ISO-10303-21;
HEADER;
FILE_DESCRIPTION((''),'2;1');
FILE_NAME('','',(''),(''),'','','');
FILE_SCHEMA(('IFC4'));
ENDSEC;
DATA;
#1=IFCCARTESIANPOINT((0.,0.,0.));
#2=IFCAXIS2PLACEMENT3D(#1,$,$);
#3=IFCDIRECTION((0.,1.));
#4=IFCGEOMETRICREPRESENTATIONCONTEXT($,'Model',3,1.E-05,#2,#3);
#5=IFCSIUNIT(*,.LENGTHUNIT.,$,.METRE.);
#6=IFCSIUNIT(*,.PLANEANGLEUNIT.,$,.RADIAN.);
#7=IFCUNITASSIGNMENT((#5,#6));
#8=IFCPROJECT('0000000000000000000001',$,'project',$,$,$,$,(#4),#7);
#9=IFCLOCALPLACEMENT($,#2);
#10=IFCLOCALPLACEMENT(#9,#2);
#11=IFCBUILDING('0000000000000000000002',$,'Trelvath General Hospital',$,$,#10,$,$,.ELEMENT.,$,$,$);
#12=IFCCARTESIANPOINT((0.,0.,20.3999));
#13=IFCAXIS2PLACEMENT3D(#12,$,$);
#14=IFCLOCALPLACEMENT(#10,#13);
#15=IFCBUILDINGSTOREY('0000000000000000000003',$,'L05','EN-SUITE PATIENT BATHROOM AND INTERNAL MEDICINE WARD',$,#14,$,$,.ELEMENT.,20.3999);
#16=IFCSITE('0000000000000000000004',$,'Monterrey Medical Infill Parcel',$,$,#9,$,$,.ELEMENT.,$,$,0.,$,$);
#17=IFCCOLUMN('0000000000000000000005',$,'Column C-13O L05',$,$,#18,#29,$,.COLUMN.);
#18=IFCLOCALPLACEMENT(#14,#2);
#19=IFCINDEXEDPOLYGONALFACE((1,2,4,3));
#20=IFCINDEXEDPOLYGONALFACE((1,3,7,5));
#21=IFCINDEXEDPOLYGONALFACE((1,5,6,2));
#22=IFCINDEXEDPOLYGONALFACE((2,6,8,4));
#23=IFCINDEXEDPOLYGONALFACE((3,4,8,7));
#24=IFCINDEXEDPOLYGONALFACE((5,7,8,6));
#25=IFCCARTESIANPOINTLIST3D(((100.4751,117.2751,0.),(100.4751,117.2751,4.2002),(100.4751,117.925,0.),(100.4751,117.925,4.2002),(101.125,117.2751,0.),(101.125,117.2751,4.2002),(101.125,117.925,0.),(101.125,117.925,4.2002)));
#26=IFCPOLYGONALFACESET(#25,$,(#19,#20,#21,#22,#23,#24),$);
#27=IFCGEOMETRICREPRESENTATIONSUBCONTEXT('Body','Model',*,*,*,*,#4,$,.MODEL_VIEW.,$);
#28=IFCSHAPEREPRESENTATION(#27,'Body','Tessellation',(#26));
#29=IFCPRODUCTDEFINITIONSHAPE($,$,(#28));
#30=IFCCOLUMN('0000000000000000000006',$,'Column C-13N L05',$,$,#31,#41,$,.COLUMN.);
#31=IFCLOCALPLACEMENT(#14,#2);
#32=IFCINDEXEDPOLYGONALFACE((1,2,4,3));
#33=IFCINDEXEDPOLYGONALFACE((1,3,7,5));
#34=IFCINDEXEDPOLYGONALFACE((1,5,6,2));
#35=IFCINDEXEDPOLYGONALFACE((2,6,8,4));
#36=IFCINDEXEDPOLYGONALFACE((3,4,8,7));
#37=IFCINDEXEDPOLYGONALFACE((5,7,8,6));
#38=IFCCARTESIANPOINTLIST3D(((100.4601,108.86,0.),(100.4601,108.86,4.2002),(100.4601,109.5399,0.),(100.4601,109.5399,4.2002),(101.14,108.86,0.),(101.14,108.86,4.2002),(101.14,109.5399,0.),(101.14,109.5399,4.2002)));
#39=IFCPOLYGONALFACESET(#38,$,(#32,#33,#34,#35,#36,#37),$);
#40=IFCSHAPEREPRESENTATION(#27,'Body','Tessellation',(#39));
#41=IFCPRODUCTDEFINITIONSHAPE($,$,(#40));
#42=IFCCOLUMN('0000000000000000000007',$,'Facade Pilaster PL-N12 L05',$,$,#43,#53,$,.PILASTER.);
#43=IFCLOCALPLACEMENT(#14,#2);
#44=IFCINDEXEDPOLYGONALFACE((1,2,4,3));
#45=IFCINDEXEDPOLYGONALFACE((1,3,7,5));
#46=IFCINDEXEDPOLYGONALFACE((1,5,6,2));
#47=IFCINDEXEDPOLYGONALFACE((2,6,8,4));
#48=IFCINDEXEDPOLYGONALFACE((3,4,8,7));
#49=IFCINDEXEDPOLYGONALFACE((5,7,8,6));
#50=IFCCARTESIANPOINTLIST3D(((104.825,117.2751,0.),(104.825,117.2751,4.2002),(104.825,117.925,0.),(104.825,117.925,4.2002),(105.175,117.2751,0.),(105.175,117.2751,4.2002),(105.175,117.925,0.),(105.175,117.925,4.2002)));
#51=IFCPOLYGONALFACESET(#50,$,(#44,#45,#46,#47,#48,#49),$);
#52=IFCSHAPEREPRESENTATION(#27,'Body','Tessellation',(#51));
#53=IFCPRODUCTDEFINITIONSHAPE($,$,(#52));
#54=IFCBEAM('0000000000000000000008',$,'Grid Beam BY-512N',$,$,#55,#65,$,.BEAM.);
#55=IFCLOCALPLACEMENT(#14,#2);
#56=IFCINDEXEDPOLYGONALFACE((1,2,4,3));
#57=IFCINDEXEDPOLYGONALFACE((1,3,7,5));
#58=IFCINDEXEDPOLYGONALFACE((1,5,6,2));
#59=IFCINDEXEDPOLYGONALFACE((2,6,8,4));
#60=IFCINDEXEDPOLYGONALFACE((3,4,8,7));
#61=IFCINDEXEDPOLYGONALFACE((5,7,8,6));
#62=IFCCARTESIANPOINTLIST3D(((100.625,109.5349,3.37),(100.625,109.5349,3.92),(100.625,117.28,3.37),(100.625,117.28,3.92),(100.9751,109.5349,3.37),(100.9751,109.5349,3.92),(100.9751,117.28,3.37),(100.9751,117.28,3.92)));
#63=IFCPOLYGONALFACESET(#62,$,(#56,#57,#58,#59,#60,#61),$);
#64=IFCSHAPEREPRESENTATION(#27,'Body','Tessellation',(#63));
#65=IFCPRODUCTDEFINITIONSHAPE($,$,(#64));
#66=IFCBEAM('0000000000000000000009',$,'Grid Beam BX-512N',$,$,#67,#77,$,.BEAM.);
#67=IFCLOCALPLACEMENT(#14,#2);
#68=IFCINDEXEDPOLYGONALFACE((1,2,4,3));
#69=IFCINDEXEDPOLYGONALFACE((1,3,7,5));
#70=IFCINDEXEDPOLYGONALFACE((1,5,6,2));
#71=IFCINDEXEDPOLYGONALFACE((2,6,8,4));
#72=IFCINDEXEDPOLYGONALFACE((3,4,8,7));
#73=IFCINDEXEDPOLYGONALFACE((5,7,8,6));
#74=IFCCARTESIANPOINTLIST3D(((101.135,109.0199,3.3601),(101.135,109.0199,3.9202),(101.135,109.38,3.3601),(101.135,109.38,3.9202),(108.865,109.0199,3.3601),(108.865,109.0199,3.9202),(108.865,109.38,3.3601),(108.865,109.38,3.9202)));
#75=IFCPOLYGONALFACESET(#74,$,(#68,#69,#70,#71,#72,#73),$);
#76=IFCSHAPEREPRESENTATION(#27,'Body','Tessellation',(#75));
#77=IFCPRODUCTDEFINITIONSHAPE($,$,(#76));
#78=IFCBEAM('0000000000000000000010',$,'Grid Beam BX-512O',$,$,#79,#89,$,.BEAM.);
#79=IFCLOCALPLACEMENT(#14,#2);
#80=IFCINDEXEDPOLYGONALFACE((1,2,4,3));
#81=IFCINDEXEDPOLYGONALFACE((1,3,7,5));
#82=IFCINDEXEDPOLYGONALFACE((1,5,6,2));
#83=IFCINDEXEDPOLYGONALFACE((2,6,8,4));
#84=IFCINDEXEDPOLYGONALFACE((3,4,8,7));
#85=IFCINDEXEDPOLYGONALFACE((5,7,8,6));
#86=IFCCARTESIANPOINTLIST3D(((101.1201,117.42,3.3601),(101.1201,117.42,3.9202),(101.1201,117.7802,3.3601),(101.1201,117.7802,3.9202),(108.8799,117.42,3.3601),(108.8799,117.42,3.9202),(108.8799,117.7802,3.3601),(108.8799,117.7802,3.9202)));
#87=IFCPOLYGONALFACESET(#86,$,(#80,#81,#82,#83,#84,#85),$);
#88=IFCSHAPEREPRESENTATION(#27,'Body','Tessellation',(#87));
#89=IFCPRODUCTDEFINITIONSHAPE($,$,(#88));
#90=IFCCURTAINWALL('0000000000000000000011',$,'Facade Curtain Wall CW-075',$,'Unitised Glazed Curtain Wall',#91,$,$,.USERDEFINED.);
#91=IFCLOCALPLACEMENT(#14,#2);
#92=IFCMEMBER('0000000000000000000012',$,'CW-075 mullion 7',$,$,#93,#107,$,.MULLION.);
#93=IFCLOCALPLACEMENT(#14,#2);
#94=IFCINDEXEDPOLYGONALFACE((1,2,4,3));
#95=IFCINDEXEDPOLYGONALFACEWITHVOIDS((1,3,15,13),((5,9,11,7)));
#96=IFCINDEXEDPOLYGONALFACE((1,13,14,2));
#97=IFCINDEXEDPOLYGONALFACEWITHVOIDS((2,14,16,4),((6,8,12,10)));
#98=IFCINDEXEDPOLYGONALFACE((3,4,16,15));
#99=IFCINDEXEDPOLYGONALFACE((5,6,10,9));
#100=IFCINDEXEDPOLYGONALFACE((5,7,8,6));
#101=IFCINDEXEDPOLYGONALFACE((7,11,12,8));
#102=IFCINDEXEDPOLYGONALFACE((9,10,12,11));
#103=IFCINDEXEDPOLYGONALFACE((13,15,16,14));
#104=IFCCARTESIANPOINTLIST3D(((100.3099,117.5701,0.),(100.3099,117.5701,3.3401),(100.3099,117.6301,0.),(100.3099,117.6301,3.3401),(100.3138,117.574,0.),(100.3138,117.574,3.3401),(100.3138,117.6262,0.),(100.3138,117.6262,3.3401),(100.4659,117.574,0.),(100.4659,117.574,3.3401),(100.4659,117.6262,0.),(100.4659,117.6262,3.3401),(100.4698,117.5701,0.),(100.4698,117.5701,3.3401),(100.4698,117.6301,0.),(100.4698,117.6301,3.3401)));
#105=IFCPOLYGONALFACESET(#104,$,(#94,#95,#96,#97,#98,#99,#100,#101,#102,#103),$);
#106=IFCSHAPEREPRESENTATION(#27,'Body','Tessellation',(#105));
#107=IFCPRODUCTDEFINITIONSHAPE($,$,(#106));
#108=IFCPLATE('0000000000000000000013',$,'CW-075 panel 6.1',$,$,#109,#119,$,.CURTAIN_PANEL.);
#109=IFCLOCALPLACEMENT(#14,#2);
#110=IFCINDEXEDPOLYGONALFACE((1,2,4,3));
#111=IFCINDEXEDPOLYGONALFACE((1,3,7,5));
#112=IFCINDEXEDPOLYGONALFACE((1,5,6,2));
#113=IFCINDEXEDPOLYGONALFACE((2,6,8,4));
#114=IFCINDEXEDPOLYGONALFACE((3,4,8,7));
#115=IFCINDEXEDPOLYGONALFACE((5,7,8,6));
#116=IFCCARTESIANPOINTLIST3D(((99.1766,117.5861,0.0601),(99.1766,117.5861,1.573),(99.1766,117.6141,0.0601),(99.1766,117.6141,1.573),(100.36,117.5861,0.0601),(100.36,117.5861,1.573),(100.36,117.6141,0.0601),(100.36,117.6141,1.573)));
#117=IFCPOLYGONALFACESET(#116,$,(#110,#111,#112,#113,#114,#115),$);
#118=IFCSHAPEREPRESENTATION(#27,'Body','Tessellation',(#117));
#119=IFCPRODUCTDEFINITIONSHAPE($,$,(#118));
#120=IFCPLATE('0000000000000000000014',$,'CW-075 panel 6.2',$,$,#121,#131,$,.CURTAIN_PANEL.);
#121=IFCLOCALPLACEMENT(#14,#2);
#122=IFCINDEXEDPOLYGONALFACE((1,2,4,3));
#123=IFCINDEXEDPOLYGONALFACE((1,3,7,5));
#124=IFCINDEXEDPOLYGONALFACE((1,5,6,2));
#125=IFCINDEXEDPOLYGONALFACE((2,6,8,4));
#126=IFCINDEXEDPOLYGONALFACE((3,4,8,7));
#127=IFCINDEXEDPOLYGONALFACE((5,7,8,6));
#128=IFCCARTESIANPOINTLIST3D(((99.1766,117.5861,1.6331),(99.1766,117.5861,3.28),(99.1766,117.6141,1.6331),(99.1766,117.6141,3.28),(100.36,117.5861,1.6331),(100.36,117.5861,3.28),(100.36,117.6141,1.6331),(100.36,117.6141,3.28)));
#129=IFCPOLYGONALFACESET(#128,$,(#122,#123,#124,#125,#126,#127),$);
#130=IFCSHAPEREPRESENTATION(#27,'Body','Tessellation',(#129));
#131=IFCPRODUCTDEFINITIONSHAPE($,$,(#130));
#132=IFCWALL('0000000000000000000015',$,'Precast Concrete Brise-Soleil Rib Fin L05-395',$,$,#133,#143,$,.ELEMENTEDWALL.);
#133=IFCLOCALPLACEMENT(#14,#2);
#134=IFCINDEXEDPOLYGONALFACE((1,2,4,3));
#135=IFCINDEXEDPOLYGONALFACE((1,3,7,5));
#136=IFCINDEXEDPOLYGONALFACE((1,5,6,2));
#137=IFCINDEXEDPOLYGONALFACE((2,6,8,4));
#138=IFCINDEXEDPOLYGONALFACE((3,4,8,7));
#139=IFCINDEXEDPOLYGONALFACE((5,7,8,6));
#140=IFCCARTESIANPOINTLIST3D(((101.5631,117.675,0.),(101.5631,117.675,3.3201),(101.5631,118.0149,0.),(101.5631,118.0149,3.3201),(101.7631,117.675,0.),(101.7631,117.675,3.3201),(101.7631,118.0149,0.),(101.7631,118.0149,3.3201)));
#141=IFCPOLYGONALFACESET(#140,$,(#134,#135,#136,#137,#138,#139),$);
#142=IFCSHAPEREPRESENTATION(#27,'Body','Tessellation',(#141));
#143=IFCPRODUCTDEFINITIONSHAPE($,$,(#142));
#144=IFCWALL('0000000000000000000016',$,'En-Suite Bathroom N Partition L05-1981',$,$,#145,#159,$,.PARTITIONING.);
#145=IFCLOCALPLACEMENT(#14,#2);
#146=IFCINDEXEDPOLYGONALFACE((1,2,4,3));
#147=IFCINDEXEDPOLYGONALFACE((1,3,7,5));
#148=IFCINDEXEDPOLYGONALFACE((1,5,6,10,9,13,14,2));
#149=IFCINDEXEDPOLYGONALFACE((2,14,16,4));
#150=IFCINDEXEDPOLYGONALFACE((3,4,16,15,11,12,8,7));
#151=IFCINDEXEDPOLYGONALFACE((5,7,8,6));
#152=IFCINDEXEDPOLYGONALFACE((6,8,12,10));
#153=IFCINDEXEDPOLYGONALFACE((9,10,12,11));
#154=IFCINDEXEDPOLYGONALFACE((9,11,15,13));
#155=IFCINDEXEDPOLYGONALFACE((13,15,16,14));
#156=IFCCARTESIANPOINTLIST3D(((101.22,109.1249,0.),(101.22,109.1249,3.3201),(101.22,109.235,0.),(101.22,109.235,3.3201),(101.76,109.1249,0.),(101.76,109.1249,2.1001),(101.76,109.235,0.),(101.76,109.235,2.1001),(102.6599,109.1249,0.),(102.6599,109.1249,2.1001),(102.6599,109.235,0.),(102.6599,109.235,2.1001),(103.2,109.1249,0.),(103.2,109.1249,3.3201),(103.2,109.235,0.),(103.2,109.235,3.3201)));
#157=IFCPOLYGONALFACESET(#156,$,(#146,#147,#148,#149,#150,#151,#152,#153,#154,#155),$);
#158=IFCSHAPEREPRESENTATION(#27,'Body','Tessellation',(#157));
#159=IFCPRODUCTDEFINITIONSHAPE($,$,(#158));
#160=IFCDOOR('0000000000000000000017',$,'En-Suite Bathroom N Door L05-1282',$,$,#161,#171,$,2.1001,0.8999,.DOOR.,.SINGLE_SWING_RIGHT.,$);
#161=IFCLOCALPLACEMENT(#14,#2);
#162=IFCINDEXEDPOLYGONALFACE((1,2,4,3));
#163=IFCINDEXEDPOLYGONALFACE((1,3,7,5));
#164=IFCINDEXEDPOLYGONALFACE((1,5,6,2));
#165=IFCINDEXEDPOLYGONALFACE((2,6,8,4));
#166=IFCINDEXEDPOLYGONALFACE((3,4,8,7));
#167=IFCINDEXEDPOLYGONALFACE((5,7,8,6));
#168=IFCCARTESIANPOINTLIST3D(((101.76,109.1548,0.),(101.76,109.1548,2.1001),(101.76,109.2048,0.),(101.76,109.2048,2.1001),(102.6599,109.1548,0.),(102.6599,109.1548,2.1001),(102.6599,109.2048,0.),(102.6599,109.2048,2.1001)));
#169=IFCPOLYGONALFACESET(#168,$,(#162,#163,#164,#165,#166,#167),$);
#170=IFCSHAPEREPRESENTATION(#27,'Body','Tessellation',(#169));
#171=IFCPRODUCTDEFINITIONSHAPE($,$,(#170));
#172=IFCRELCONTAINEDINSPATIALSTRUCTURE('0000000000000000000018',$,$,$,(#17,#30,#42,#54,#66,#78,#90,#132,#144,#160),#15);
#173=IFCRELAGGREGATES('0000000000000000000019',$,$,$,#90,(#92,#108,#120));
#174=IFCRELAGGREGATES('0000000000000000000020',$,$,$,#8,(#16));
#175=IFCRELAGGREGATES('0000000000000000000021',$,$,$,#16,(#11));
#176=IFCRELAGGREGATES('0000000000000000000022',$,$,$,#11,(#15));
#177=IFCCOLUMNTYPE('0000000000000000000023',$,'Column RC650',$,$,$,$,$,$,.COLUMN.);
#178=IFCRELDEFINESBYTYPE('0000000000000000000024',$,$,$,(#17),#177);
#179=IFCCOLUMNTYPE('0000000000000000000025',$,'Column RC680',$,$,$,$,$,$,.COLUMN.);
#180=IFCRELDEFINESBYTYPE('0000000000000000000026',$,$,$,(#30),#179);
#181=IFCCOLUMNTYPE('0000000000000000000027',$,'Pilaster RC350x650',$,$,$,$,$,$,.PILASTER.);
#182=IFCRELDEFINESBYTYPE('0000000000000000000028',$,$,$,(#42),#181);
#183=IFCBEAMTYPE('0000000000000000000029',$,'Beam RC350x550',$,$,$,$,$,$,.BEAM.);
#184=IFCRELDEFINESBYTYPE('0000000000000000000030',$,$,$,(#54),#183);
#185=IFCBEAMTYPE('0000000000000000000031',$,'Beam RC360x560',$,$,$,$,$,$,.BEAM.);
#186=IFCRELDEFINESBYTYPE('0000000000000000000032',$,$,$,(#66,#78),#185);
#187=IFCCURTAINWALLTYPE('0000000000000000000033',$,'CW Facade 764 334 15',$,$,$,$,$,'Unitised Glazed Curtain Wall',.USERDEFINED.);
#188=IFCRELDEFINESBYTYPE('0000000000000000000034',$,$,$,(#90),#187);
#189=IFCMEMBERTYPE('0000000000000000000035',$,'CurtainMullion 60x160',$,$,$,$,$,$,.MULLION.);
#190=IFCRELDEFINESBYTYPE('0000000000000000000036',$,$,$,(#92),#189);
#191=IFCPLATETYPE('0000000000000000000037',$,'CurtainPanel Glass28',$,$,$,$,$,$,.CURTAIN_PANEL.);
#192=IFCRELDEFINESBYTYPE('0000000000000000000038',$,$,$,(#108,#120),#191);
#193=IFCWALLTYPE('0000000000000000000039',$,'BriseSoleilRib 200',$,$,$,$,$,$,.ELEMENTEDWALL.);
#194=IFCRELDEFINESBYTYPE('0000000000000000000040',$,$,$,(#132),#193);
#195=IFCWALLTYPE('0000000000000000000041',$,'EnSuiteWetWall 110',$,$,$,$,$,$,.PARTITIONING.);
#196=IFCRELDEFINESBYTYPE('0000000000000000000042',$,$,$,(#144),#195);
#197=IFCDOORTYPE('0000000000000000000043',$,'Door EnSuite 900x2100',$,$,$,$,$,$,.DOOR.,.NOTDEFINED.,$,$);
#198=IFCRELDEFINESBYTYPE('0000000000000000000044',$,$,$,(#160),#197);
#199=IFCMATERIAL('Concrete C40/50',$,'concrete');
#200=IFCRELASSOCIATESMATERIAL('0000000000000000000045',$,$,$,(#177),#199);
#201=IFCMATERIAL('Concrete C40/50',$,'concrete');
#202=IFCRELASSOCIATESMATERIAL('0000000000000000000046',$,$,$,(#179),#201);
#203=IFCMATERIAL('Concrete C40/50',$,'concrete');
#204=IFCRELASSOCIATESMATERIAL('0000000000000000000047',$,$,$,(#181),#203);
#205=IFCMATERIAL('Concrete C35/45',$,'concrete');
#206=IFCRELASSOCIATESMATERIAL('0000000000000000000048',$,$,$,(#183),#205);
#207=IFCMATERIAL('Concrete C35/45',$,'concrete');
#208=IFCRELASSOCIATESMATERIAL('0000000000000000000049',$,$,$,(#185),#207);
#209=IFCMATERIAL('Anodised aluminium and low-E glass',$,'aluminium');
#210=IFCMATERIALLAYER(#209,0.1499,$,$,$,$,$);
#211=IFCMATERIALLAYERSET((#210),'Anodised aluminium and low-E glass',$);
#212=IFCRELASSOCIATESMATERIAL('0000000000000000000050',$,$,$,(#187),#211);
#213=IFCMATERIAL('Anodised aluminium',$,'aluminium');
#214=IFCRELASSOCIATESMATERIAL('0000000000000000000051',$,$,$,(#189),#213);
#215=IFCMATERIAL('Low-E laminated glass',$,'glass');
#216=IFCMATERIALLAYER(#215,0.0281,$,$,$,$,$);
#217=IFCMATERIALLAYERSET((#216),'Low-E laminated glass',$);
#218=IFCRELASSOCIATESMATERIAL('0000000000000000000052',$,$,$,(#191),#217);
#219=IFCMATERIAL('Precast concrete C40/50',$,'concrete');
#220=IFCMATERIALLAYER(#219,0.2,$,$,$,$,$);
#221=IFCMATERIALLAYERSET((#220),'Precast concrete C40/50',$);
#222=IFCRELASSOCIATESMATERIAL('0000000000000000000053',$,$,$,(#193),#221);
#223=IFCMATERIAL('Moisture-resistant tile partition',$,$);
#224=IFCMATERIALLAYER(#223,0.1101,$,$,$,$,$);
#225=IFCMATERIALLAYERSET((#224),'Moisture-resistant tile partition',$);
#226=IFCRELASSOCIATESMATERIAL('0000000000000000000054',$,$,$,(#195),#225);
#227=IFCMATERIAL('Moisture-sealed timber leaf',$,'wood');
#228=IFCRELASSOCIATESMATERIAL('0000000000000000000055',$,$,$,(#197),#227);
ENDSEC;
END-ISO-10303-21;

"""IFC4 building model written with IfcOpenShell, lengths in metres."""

from ifc_helpers import new_model, si_unit, direction, frame, frame_2d, origin, origin_2d, place, context, subcontext, project, spatial, rectangle, hollow_rectangle, extrude, material, layer, layer_set, material_profile, profile_set, type_object, element, fill, aggregate, save


model = new_model("IFC4")

# Units and contexts
model_context = context("Model", 3, precision=1e-05, world=origin(), true_north=direction((0.0, 1.0)))
body_context = subcontext(model_context, "Body", "Model", "MODEL_VIEW")
ifc_project = project(units=[si_unit("LENGTHUNIT", "METRE"), si_unit("PLANEANGLEUNIT", "RADIAN")], contexts=[model_context])

# Site, building, storey
site_placement = place(None, origin())
site = spatial("IfcSite", under=ifc_project, at=site_placement, Name="Monterrey Medical Infill Parcel", CompositionType="ELEMENT", RefElevation=0.0)
building_placement = place(site_placement, origin())
building = spatial("IfcBuilding", under=site, at=building_placement, Name="Trelvath General Hospital", CompositionType="ELEMENT")
storey_placement = place(building_placement, frame((0.0, 0.0, 20.3999)))
storey = spatial("IfcBuildingStorey", under=building, at=storey_placement, Name="L05", Description="EN-SUITE PATIENT BATHROOM AND INTERNAL MEDICINE WARD", CompositionType="ELEMENT", Elevation=20.3999)

# Columns
ifc_material_1 = material(Name="Concrete C40/50", Category="concrete")
ifc_material_profile_1 = material_profile(ifc_material_1, rectangle(XDim=0.6499, YDim=0.6499, at=origin_2d()), Name="RC650x650")
ifc_profile_set_1 = profile_set([ifc_material_profile_1], Name="Concrete C40/50")
column_type_1 = type_object("IfcColumnType", Name="Column RC650", PredefinedType="COLUMN", material=ifc_profile_set_1)
column_1_placement = place(storey_placement, frame((100.8, 117.6001, 0.0), z_axis=(0.0, 0.0, 1.0), x_axis=(1.0, 0.0, 0.0)))
element("IfcColumn", 1, at=column_1_placement, inside=storey, type_object=column_type_1, Name="Column C-13O L05", PredefinedType="COLUMN", context=body_context, shape_type="SweptSolid", body=[
    extrude(rectangle(XDim=0.6499, YDim=0.6499, at=origin_2d()), origin(), (0.0, 0.0, 1.0), 4.2002),
])
ifc_material_2 = material(Name="Concrete C40/50", Category="concrete")
ifc_material_profile_2 = material_profile(ifc_material_2, rectangle(XDim=0.6799, YDim=0.6799, at=origin_2d()), Name="RC680x680")
ifc_profile_set_2 = profile_set([ifc_material_profile_2], Name="Concrete C40/50")
column_type_2 = type_object("IfcColumnType", Name="Column RC680", PredefinedType="COLUMN", material=ifc_profile_set_2)
column_2_placement = place(storey_placement, frame((100.8, 109.2, 0.0), z_axis=(0.0, 0.0, 1.0), x_axis=(1.0, 0.0, 0.0)))
element("IfcColumn", 2, at=column_2_placement, inside=storey, type_object=column_type_2, Name="Column C-13N L05", PredefinedType="COLUMN", context=body_context, shape_type="SweptSolid", body=[
    extrude(rectangle(XDim=0.6799, YDim=0.6799, at=origin_2d()), origin(), (0.0, 0.0, 1.0), 4.2002),
])
ifc_material_3 = material(Name="Concrete C40/50", Category="concrete")
ifc_material_profile_3 = material_profile(ifc_material_3, rectangle(XDim=0.3501, YDim=0.6499, at=origin_2d()), Name="RC350x650")
ifc_profile_set_3 = profile_set([ifc_material_profile_3], Name="Concrete C40/50")
column_type_3 = type_object("IfcColumnType", Name="Pilaster RC350x650", PredefinedType="PILASTER", material=ifc_profile_set_3)
column_3_placement = place(storey_placement, frame((105.0, 117.6001, 0.0), z_axis=(0.0, 0.0, 1.0), x_axis=(1.0, 0.0, 0.0)))
element("IfcColumn", 3, at=column_3_placement, inside=storey, type_object=column_type_3, Name="Facade Pilaster PL-N12 L05", PredefinedType="PILASTER", context=body_context, shape_type="SweptSolid", body=[
    extrude(rectangle(XDim=0.3501, YDim=0.6499, at=origin_2d()), origin(), (0.0, 0.0, 1.0), 4.2002),
])

# Beams
ifc_material_4 = material(Name="Concrete C35/45", Category="concrete")
ifc_material_profile_4 = material_profile(ifc_material_4, rectangle(XDim=0.3501, YDim=0.55, at=origin_2d()), Name="RCB350x550")
ifc_profile_set_4 = profile_set([ifc_material_profile_4], Name="Concrete C35/45")
beam_type_1 = type_object("IfcBeamType", Name="Beam RC350x550", PredefinedType="BEAM", material=ifc_profile_set_4)
beam_1_placement = place(storey_placement, frame((100.8, 109.5349, 3.645), z_axis=(0.0, 1.0, 0.0), x_axis=(-1.0, 0.0, 0.0)))
element("IfcBeam", 4, at=beam_1_placement, inside=storey, type_object=beam_type_1, Name="Grid Beam BY-512N", PredefinedType="BEAM", context=body_context, shape_type="SweptSolid", body=[
    extrude(rectangle(XDim=0.3501, YDim=0.55, at=origin_2d()), origin(), (0.0, 0.0, 1.0), 7.7451),
])
ifc_material_5 = material(Name="Concrete C35/45", Category="concrete")
ifc_material_profile_5 = material_profile(ifc_material_5, rectangle(XDim=0.3601, YDim=0.5601, at=origin_2d()), Name="RCB360x560")
ifc_profile_set_5 = profile_set([ifc_material_profile_5], Name="Concrete C35/45")
beam_type_2 = type_object("IfcBeamType", Name="Beam RC360x560", PredefinedType="BEAM", material=ifc_profile_set_5)
beam_2_placement = place(storey_placement, frame((101.135, 109.2, 3.6401), z_axis=(1.0, 0.0, 0.0), x_axis=(0.0, 1.0, 0.0)))
element("IfcBeam", 5, at=beam_2_placement, inside=storey, type_object=beam_type_2, Name="Grid Beam BX-512N", PredefinedType="BEAM", context=body_context, shape_type="SweptSolid", body=[
    extrude(rectangle(XDim=0.3601, YDim=0.5601, at=origin_2d()), origin(), (0.0, 0.0, 1.0), 7.73),
])
beam_3_placement = place(storey_placement, frame((101.1201, 117.6001, 3.6401), z_axis=(1.0, 0.0, 0.0), x_axis=(0.0, 1.0, 0.0)))
element("IfcBeam", 6, at=beam_3_placement, inside=storey, type_object=beam_type_2, Name="Grid Beam BX-512O", PredefinedType="BEAM", context=body_context, shape_type="SweptSolid", body=[
    extrude(rectangle(XDim=0.3601, YDim=0.5601, at=origin_2d()), origin(), (0.0, 0.0, 1.0), 7.7598),
])

# Curtain wall, member, plates
ifc_material_6 = material(Name="Anodised aluminium and low-E glass", Category="aluminium")
ifc_layer_1 = layer(ifc_material_6, 0.1499)
ifc_layer_set_1 = layer_set([ifc_layer_1], Name="Anodised aluminium and low-E glass")
curtain_wall_type = type_object("IfcCurtainWallType", Name="CW Facade 764 334 15", ElementType="Unitised Glazed Curtain Wall", PredefinedType="USERDEFINED", material=ifc_layer_set_1)
curtain_wall_placement = place(storey_placement, origin())
curtain_wall = element("IfcCurtainWall", 7, at=curtain_wall_placement, inside=storey, type_object=curtain_wall_type, Name="Facade Curtain Wall CW-075", ObjectType="Unitised Glazed Curtain Wall", PredefinedType="USERDEFINED")
ifc_material_7 = material(Name="Anodised aluminium", Category="aluminium")
ifc_material_profile_6 = material_profile(ifc_material_7, hollow_rectangle(XDim=0.0601, YDim=0.1599, WallThickness=0.0039, at=origin_2d()), Name="RHS60x160x4")
ifc_profile_set_6 = profile_set([ifc_material_profile_6], Name="Anodised aluminium")
member_type = type_object("IfcMemberType", Name="CurtainMullion 60x160", PredefinedType="MULLION", material=ifc_profile_set_6)
member_placement = place(storey_placement, frame((100.3899, 117.6001, 0.0), z_axis=(0.0, 0.0, 1.0), x_axis=(0.0, 1.0, 0.0)))
member = element("IfcMember", 8, at=member_placement, type_object=member_type, Name="CW-075 mullion 7", PredefinedType="MULLION", context=body_context, shape_type="SweptSolid", body=[
    extrude(hollow_rectangle(XDim=0.0601, YDim=0.1599, WallThickness=0.0039, at=origin_2d()), origin(), (0.0, 0.0, 1.0), 3.3401),
])
ifc_material_8 = material(Name="Low-E laminated glass", Category="glass")
ifc_layer_2 = layer(ifc_material_8, 0.0281)
ifc_layer_set_2 = layer_set([ifc_layer_2], Name="Low-E laminated glass")
plate_type = type_object("IfcPlateType", Name="CurtainPanel Glass28", PredefinedType="CURTAIN_PANEL", material=ifc_layer_set_2)
plate_1_placement = place(storey_placement, frame((99.7683, 117.6001, 0.0601), z_axis=(0.0, 0.0, 1.0), x_axis=(1.0, 0.0, 0.0)))
plate_1 = element("IfcPlate", 9, at=plate_1_placement, type_object=plate_type, Name="CW-075 panel 6.1", PredefinedType="CURTAIN_PANEL", context=body_context, shape_type="SweptSolid", body=[
    extrude(rectangle(XDim=1.1833, YDim=0.0281, at=origin_2d()), origin(), (0.0, 0.0, 1.0), 1.5129),
])
plate_2_placement = place(storey_placement, frame((99.7683, 117.6001, 1.6331), z_axis=(0.0, 0.0, 1.0), x_axis=(1.0, 0.0, 0.0)))
plate_2 = element("IfcPlate", 10, at=plate_2_placement, type_object=plate_type, Name="CW-075 panel 6.2", PredefinedType="CURTAIN_PANEL", context=body_context, shape_type="SweptSolid", body=[
    extrude(rectangle(XDim=1.1833, YDim=0.0281, at=origin_2d()), origin(), (0.0, 0.0, 1.0), 1.647),
])
aggregate(curtain_wall, [member, plate_1, plate_2])

# Wall
ifc_material_9 = material(Name="Precast concrete C40/50", Category="concrete")
ifc_layer_3 = layer(ifc_material_9, 0.2)
ifc_layer_set_3 = layer_set([ifc_layer_3], Name="Precast concrete C40/50")
wall_type_1 = type_object("IfcWallType", Name="BriseSoleilRib 200", PredefinedType="ELEMENTEDWALL", material=ifc_layer_set_3)
wall_1_placement = place(storey_placement, frame((101.6631, 117.675, 0.0), z_axis=(0.0, 0.0, 1.0), x_axis=(0.0, 1.0, 0.0)))
element("IfcWall", 11, at=wall_1_placement, inside=storey, type_object=wall_type_1, Name="Precast Concrete Brise-Soleil Rib Fin L05-395", PredefinedType="ELEMENTEDWALL", context=body_context, shape_type="SweptSolid", body=[
    extrude(rectangle(XDim=0.3398, YDim=0.2, at=frame_2d((0.1699, 0.0))), origin(), (0.0, 0.0, 1.0), 3.3201),
])

# Wall, opening, door
ifc_material_10 = material(Name="Moisture-resistant tile partition")
ifc_layer_4 = layer(ifc_material_10, 0.1101)
ifc_layer_set_4 = layer_set([ifc_layer_4], Name="Moisture-resistant tile partition")
wall_type_2 = type_object("IfcWallType", Name="EnSuiteWetWall 110", PredefinedType="PARTITIONING", material=ifc_layer_set_4)
wall_2_placement = place(storey_placement, frame((101.22, 109.1799, 0.0), z_axis=(0.0, 0.0, 1.0), x_axis=(1.0, 0.0, 0.0)))
wall_2 = element("IfcWall", 12, at=wall_2_placement, inside=storey, type_object=wall_type_2, Name="En-Suite Bathroom N Partition L05-1981", PredefinedType="PARTITIONING", context=body_context, shape_type="SweptSolid", body=[
    extrude(rectangle(XDim=1.98, YDim=0.1101, at=frame_2d((0.99, 0.0))), origin(), (0.0, 0.0, 1.0), 3.3201),
])
opening_1_placement = place(wall_2_placement, frame((0.54, 0.0, 0.0)))
opening_1 = element("IfcOpeningElement", 13, at=opening_1_placement, cuts=wall_2, PredefinedType="OPENING", context=body_context, shape_type="SweptSolid", body=[
    extrude(rectangle(XDim=0.8999, YDim=2.1001, at=frame_2d((0.45, 1.05))), frame((0.0, 0.0649, 0.0), z_axis=(0.0, -1.0, 0.0), x_axis=(1.0, 0.0, 0.0)), (0.0, 0.0, 1.0), 0.1301),
])
ifc_material_11 = material(Name="Moisture-sealed timber leaf", Category="wood")
door_type = type_object("IfcDoorType", Name="Door EnSuite 900x2100", OperationType="NOTDEFINED", PredefinedType="DOOR", material=ifc_material_11)
door_1_placement = place(opening_1_placement, origin())
door_1 = element("IfcDoor", 14, at=door_1_placement, inside=storey, type_object=door_type, Name="En-Suite Bathroom N Door L05-1282", OperationType="SINGLE_SWING_RIGHT", OverallHeight=2.1001, OverallWidth=0.8999, PredefinedType="DOOR", context=body_context, shape_type="SweptSolid", body=[
    extrude(rectangle(XDim=0.8999, YDim=2.1001, at=frame_2d((0.45, 1.05))), frame((0.0, 0.0249, 0.0), z_axis=(0.0, -1.0, 0.0), x_axis=(1.0, 0.0, 0.0)), (0.0, 0.0, 1.0), 0.05),
])
fill(opening_1, door_1)

save(model, "model.ifc")
